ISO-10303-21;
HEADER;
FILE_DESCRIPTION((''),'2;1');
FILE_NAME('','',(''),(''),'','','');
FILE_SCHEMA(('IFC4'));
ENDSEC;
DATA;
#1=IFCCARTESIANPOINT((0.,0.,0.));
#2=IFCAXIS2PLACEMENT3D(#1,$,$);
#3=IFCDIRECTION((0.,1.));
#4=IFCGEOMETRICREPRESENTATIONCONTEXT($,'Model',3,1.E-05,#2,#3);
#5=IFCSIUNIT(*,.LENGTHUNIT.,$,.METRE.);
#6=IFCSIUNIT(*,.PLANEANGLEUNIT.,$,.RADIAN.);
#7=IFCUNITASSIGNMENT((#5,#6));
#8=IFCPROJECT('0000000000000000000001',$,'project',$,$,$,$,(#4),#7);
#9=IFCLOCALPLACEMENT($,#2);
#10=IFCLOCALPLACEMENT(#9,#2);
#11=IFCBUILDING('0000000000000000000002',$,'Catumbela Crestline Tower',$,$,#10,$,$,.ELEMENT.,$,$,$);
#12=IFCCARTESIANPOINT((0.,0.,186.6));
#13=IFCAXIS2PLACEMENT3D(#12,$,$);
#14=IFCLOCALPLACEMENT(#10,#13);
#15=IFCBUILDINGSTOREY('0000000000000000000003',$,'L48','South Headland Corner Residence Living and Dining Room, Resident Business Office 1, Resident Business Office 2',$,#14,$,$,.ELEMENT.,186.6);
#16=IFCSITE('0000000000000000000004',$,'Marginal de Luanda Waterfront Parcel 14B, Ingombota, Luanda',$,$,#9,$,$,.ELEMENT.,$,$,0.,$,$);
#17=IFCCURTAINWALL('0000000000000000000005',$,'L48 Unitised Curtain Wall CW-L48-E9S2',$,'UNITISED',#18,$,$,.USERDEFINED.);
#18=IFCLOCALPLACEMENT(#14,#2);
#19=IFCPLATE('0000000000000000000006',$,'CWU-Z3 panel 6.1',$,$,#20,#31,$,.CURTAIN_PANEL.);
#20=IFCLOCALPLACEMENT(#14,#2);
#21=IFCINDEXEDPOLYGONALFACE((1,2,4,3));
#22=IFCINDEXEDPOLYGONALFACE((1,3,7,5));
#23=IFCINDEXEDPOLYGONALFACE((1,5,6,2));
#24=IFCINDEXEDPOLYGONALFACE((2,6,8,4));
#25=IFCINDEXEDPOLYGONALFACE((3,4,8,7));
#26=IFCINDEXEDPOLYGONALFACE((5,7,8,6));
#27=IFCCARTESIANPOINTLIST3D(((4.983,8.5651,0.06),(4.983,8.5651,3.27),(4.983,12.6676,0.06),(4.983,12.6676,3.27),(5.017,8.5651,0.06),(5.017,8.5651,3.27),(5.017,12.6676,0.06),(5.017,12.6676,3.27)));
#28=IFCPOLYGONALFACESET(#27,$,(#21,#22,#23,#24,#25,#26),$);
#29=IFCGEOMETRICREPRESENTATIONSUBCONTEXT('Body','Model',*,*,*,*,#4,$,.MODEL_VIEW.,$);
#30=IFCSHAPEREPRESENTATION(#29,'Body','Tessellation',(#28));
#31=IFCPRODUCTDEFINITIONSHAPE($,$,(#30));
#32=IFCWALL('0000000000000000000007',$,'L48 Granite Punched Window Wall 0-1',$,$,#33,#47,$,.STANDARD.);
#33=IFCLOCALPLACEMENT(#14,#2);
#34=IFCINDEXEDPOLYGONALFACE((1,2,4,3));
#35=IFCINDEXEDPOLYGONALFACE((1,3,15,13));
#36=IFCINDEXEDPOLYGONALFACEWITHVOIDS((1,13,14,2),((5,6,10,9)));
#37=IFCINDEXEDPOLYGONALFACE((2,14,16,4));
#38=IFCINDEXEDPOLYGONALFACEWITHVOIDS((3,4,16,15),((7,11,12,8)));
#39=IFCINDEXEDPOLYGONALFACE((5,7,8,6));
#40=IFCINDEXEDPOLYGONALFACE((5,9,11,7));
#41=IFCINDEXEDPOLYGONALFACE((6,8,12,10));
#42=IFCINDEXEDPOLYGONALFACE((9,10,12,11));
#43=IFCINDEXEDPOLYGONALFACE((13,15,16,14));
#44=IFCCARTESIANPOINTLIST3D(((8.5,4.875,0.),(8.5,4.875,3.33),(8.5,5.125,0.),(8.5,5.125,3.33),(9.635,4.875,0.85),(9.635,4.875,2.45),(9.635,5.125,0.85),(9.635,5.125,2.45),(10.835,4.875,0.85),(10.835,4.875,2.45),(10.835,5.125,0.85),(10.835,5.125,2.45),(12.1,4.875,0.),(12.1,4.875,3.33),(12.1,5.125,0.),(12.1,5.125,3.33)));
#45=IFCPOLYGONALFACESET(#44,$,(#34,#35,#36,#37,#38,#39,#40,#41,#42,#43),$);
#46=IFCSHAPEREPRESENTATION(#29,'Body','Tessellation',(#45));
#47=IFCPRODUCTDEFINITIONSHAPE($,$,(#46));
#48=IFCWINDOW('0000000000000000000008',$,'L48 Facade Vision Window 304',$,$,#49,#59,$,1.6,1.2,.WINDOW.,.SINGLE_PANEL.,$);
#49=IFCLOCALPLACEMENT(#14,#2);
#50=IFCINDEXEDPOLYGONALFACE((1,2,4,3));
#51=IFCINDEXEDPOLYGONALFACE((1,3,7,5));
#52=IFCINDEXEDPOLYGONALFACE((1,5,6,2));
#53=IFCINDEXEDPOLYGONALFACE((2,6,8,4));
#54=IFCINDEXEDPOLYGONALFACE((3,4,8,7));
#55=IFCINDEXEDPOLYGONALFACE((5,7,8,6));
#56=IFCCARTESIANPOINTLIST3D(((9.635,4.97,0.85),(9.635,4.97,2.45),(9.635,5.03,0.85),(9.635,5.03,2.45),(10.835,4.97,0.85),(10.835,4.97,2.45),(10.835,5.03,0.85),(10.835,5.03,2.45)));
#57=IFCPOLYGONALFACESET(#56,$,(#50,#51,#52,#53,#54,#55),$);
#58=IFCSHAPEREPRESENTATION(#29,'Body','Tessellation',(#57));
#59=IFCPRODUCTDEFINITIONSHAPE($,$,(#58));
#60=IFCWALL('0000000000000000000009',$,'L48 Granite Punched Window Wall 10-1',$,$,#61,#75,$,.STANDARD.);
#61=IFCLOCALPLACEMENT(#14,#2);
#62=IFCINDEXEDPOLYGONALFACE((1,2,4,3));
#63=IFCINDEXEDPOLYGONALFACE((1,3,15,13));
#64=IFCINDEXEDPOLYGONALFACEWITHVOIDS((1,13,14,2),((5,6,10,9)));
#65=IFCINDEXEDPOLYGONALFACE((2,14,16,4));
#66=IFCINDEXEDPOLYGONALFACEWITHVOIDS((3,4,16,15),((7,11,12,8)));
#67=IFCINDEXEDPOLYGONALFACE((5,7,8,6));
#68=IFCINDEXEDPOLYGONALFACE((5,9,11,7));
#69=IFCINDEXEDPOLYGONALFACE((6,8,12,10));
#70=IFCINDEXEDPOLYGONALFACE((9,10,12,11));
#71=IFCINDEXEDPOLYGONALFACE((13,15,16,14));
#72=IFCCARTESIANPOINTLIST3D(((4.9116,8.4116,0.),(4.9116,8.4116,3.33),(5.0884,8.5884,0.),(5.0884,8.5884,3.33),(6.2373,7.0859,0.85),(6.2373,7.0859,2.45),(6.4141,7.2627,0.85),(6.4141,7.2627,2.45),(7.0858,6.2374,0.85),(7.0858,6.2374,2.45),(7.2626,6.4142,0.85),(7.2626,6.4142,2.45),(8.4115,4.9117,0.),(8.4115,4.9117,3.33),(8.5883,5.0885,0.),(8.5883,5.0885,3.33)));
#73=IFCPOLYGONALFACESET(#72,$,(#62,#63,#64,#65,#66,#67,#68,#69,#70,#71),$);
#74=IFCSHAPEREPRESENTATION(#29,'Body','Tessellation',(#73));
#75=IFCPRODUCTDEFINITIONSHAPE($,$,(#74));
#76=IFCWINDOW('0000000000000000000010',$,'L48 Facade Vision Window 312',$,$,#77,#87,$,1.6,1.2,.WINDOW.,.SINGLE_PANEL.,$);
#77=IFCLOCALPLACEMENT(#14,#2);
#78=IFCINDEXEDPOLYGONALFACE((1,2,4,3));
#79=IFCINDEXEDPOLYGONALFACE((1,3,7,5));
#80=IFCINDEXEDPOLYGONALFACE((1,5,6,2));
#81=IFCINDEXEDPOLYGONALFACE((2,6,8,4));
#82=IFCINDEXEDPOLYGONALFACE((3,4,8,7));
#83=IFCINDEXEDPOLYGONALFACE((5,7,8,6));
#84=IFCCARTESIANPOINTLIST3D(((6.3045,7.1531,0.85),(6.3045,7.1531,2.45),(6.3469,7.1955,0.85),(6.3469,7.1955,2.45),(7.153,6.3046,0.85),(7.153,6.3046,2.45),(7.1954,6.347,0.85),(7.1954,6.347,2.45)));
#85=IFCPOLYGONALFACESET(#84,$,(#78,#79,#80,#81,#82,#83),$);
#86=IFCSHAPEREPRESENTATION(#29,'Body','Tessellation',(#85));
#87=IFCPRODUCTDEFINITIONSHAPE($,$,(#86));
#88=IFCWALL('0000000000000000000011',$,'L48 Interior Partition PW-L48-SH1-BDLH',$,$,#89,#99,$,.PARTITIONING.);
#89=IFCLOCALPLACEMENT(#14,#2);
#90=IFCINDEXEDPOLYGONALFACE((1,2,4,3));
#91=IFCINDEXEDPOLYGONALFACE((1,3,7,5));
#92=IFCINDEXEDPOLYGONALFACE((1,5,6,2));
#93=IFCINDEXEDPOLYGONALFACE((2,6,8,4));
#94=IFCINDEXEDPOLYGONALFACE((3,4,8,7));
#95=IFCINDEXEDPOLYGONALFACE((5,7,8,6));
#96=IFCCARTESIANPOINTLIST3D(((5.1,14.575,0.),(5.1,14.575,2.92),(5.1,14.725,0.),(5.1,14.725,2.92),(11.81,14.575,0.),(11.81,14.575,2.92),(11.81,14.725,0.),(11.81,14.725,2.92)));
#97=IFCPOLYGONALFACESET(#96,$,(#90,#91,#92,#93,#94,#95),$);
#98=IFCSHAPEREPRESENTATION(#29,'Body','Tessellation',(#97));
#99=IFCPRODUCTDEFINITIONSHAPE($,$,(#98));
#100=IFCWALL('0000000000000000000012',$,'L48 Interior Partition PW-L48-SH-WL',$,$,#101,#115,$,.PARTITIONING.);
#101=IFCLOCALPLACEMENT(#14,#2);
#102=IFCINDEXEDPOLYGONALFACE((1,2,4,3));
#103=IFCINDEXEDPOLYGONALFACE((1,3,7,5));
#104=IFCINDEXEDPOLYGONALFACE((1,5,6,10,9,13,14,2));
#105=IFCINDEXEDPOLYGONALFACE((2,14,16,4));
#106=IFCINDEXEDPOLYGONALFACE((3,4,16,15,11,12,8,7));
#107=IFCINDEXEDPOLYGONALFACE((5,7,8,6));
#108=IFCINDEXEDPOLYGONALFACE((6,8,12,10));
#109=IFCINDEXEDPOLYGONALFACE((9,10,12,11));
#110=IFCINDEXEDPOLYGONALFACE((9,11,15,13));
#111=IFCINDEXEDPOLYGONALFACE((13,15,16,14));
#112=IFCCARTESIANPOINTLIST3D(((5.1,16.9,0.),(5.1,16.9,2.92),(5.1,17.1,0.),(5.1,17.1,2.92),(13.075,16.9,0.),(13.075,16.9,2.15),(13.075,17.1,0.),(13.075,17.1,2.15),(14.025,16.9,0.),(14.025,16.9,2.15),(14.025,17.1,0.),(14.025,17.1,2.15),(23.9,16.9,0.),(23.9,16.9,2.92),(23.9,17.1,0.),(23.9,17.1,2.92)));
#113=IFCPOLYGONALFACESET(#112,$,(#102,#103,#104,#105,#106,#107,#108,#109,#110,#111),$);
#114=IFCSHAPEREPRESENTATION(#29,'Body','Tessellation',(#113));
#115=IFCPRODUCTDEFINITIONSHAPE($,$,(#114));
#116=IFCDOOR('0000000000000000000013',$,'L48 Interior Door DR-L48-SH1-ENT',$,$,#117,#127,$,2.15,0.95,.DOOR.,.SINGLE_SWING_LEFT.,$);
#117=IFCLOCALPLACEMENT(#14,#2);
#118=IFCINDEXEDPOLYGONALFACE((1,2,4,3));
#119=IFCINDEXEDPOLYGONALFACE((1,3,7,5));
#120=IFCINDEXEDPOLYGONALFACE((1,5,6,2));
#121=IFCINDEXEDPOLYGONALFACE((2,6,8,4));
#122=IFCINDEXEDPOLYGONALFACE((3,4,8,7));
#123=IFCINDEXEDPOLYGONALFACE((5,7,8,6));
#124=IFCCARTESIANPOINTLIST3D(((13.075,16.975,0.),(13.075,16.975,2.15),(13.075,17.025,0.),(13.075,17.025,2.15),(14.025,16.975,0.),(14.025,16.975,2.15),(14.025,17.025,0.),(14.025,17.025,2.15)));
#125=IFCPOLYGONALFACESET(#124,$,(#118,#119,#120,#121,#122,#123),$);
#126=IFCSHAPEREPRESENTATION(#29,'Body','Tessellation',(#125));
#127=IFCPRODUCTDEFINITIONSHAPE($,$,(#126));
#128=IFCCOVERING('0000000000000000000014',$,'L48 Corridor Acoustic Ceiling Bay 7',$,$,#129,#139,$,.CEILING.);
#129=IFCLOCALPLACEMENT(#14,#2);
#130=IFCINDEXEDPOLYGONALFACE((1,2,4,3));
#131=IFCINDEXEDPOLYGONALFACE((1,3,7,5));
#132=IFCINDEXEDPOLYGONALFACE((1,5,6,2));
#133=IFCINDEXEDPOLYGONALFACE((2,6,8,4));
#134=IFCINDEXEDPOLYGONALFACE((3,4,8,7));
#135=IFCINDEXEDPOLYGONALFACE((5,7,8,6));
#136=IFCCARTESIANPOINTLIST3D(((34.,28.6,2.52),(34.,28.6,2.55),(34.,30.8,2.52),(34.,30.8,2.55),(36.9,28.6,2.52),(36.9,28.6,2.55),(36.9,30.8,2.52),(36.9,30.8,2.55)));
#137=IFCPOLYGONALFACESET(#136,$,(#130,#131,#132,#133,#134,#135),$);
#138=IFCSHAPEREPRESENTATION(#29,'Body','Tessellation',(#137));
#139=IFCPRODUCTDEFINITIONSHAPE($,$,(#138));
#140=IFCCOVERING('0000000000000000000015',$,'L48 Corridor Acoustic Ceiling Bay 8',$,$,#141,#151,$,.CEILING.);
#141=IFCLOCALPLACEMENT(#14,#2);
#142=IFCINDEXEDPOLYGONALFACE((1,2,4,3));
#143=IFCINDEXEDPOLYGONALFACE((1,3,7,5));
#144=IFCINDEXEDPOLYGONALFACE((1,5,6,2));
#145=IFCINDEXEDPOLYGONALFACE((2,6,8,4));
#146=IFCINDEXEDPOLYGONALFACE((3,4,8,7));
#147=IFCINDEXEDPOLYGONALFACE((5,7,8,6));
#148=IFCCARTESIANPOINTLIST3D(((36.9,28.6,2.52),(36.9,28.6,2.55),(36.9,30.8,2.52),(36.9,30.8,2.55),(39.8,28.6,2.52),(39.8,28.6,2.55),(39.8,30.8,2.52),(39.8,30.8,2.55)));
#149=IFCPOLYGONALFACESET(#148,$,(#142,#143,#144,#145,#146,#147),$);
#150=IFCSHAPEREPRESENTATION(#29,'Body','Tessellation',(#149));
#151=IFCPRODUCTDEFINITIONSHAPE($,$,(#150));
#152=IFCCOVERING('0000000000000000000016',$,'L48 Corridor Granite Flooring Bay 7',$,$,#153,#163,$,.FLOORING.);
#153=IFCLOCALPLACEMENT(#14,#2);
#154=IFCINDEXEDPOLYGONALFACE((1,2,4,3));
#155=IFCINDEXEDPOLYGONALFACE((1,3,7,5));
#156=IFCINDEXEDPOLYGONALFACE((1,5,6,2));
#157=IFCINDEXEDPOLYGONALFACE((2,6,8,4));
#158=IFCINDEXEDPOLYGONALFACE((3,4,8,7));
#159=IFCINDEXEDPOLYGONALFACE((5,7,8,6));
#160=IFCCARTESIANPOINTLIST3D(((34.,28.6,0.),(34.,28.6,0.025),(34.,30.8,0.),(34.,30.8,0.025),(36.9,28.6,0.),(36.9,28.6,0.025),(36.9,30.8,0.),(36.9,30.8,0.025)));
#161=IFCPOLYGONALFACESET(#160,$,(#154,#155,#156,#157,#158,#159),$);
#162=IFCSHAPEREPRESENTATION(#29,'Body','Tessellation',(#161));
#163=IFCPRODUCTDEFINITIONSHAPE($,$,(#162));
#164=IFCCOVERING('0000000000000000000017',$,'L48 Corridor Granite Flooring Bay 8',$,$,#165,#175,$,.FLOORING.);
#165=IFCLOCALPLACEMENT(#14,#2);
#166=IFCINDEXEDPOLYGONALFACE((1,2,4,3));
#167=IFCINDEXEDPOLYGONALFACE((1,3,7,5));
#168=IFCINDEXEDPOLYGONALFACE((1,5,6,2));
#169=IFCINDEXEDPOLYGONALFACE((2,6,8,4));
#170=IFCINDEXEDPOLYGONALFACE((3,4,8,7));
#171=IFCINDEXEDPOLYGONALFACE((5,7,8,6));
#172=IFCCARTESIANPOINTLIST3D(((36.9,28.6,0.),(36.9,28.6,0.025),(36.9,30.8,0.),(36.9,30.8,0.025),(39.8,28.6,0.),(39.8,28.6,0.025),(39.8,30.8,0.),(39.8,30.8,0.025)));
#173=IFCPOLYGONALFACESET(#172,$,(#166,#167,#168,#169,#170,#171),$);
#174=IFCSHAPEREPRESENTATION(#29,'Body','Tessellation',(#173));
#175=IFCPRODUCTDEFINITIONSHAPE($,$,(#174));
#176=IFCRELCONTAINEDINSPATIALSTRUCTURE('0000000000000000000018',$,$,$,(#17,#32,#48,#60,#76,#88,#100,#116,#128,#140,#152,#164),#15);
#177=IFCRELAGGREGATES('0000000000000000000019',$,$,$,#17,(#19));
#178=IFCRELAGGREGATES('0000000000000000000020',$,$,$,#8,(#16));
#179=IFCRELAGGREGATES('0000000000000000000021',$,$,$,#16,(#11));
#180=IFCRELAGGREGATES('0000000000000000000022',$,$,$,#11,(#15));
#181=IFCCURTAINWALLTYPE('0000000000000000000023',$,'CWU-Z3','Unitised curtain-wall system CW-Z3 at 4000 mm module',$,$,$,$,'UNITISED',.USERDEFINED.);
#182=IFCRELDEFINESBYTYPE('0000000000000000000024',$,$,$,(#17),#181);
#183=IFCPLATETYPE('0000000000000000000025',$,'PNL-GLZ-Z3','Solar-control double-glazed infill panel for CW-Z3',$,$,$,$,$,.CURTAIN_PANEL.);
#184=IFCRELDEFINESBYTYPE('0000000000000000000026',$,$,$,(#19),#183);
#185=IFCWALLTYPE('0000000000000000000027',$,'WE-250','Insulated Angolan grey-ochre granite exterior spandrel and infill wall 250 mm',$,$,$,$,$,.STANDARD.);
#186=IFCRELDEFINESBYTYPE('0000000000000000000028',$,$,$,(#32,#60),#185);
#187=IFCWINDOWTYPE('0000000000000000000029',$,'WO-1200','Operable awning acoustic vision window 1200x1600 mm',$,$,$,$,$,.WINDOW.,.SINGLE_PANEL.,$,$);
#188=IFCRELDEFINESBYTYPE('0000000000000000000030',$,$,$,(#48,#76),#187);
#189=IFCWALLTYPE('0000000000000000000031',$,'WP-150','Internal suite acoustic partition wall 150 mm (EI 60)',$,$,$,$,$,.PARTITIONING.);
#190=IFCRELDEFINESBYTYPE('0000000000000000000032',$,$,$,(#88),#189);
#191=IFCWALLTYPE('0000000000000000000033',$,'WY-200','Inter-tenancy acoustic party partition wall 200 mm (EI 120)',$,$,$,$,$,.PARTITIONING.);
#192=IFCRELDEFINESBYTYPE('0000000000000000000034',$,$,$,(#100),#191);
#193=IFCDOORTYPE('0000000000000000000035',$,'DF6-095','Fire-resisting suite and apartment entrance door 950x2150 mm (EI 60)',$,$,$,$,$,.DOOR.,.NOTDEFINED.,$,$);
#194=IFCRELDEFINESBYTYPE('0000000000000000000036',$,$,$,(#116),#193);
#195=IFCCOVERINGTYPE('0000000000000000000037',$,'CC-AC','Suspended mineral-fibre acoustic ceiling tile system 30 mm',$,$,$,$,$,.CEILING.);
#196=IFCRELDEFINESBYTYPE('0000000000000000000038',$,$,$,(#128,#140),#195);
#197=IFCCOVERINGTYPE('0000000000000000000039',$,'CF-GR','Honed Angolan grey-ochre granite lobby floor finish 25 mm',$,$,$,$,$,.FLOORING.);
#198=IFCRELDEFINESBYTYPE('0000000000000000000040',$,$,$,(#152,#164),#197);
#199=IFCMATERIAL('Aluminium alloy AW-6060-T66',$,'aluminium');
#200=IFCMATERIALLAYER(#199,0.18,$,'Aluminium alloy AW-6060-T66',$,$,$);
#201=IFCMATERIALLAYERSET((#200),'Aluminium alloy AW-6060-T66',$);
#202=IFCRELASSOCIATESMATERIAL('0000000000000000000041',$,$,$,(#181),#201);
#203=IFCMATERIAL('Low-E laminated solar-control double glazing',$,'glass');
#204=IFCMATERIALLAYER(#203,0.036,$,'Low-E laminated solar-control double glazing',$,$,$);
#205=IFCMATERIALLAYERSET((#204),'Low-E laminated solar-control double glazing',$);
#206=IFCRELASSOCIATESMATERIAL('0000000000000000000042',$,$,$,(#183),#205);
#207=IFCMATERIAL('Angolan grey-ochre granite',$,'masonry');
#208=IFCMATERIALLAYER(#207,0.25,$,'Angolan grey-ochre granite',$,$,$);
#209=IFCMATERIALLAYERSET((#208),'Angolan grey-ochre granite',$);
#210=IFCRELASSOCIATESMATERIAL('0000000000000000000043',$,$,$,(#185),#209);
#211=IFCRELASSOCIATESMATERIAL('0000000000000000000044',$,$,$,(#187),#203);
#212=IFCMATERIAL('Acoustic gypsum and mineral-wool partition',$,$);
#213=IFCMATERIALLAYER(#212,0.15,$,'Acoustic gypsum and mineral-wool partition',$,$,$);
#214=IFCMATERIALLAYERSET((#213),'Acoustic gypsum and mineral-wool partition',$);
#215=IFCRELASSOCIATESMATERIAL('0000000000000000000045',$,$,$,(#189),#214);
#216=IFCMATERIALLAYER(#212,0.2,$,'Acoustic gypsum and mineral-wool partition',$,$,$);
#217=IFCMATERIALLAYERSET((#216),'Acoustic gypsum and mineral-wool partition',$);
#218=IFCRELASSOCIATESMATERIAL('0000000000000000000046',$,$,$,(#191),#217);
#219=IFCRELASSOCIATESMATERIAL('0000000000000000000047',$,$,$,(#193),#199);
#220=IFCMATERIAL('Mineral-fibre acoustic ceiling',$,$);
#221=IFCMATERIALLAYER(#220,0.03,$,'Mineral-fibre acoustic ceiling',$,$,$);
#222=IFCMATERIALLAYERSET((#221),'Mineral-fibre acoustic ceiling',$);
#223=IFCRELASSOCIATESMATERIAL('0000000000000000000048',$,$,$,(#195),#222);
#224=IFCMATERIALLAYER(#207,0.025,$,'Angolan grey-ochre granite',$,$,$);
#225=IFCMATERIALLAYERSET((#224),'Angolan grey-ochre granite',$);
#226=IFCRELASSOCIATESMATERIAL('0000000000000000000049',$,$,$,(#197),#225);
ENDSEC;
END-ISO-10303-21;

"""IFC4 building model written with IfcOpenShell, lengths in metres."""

from ifc_helpers import new_model, si_unit, direction, frame, frame_2d, origin, origin_2d, place, context, subcontext, project, spatial, polyline, rectangle, outline, extrude, material, layer, layer_set, type_object, element, fill, aggregate, save


model = new_model("IFC4")

# Units and contexts
model_context = context("Model", 3, precision=1e-05, world=origin(), true_north=direction((0.0, 1.0)))
body_context = subcontext(model_context, "Body", "Model", "MODEL_VIEW")
ifc_project = project(units=[si_unit("LENGTHUNIT", "METRE"), si_unit("PLANEANGLEUNIT", "RADIAN")], contexts=[model_context])

# Site, building, storey
site_placement = place(None, origin())
site = spatial("IfcSite", under=ifc_project, at=site_placement, Name="Marginal de Luanda Waterfront Parcel 14B, Ingombota, Luanda", CompositionType="ELEMENT", RefElevation=0.0)
building_placement = place(site_placement, origin())
building = spatial("IfcBuilding", under=site, at=building_placement, Name="Catumbela Crestline Tower", CompositionType="ELEMENT")
storey_placement = place(building_placement, frame((0.0, 0.0, 186.6)))
storey = spatial("IfcBuildingStorey", under=building, at=storey_placement, Name="L48", Description="South Headland Corner Residence Living and Dining Room, Resident Business Office 1, Resident Business Office 2", CompositionType="ELEMENT", Elevation=186.6)

# Curtain wall, plate
ifc_material_1 = material(Name="Aluminium alloy AW-6060-T66", Category="aluminium")
ifc_layer_1 = layer(ifc_material_1, 0.18, Name="Aluminium alloy AW-6060-T66")
ifc_layer_set_1 = layer_set([ifc_layer_1], Name="Aluminium alloy AW-6060-T66")
curtain_wall_type = type_object("IfcCurtainWallType", Name="CWU-Z3", Description="Unitised curtain-wall system CW-Z3 at 4000 mm module", ElementType="UNITISED", PredefinedType="USERDEFINED", material=ifc_layer_set_1)
curtain_wall_placement = place(storey_placement, origin())
curtain_wall = element("IfcCurtainWall", 1, at=curtain_wall_placement, inside=storey, type_object=curtain_wall_type, Name="L48 Unitised Curtain Wall CW-L48-E9S2", ObjectType="UNITISED", PredefinedType="USERDEFINED")
ifc_material_2 = material(Name="Low-E laminated solar-control double glazing", Category="glass")
ifc_layer_2 = layer(ifc_material_2, 0.036, Name="Low-E laminated solar-control double glazing")
ifc_layer_set_2 = layer_set([ifc_layer_2], Name="Low-E laminated solar-control double glazing")
plate_type = type_object("IfcPlateType", Name="PNL-GLZ-Z3", Description="Solar-control double-glazed infill panel for CW-Z3", PredefinedType="CURTAIN_PANEL", material=ifc_layer_set_2)
plate_1_placement = place(storey_placement, frame((5.0, 10.6163, 0.06), z_axis=(0.0, 0.0, 1.0), x_axis=(0.0, -1.0, 0.0)))
plate_1 = element("IfcPlate", 2, at=plate_1_placement, type_object=plate_type, Name="CWU-Z3 panel 6.1", PredefinedType="CURTAIN_PANEL", context=body_context, shape_type="SweptSolid", body=[
    extrude(rectangle(XDim=4.1025, YDim=0.034, at=origin_2d()), origin(), (0.0, 0.0, 1.0), 3.21),
])
aggregate(curtain_wall, [plate_1])

# Walls, openings, windows
ifc_material_3 = material(Name="Angolan grey-ochre granite", Category="masonry")
ifc_layer_3 = layer(ifc_material_3, 0.25, Name="Angolan grey-ochre granite")
ifc_layer_set_3 = layer_set([ifc_layer_3], Name="Angolan grey-ochre granite")
wall_type_1 = type_object("IfcWallType", Name="WE-250", Description="Insulated Angolan grey-ochre granite exterior spandrel and infill wall 250 mm", PredefinedType="STANDARD", material=ifc_layer_set_3)
wall_1_placement = place(storey_placement, frame((8.5, 5.0, 0.0), z_axis=(0.0, 0.0, 1.0), x_axis=(1.0, 0.0, 0.0)))
wall_1 = element("IfcWall", 3, at=wall_1_placement, inside=storey, type_object=wall_type_1, Name="L48 Granite Punched Window Wall 0-1", PredefinedType="STANDARD", context=body_context, shape_type="SweptSolid", body=[
    extrude(rectangle(XDim=3.6, YDim=0.25, at=frame_2d((1.8, 0.0))), origin(), (0.0, 0.0, 1.0), 3.33),
])
opening_1_placement = place(wall_1_placement, frame((1.135, 0.0, 0.85)))
opening_1 = element("IfcOpeningElement", 4, at=opening_1_placement, cuts=wall_1, PredefinedType="OPENING", context=body_context, shape_type="SweptSolid", body=[
    extrude(rectangle(XDim=1.2, YDim=1.6, at=frame_2d((0.6, 0.8))), frame((0.0, 0.135, 0.0), z_axis=(0.0, -1.0, 0.0), x_axis=(1.0, 0.0, 0.0)), (0.0, 0.0, 1.0), 0.27),
])
window_type = type_object("IfcWindowType", Name="WO-1200", Description="Operable awning acoustic vision window 1200x1600 mm", PartitioningType="SINGLE_PANEL", PredefinedType="WINDOW", material=ifc_material_2)
window_1_placement = place(opening_1_placement, origin())
window_1 = element("IfcWindow", 5, at=window_1_placement, inside=storey, type_object=window_type, Name="L48 Facade Vision Window 304", OverallHeight=1.6, OverallWidth=1.2, PartitioningType="SINGLE_PANEL", PredefinedType="WINDOW", context=body_context, shape_type="SweptSolid", body=[
    extrude(rectangle(XDim=1.2, YDim=1.6, at=frame_2d((0.6, 0.8))), frame((0.0, 0.03, 0.0), z_axis=(0.0, -1.0, 0.0), x_axis=(1.0, 0.0, 0.0)), (0.0, 0.0, 1.0), 0.06),
])
fill(opening_1, window_1)
wall_2_placement = place(storey_placement, frame((5.0, 8.5, 0.0), z_axis=(0.0, 0.0, 1.0), x_axis=(0.707107, -0.707107, 0.0)))
wall_2 = element("IfcWall", 6, at=wall_2_placement, inside=storey, type_object=wall_type_1, Name="L48 Granite Punched Window Wall 10-1", PredefinedType="STANDARD", context=body_context, shape_type="SweptSolid", body=[
    extrude(rectangle(XDim=4.9497, YDim=0.25, at=frame_2d((2.4748, 0.0))), origin(), (0.0, 0.0, 1.0), 3.33),
])
opening_2_placement = place(wall_2_placement, frame((1.8748, 0.0, 0.85)))
opening_2 = element("IfcOpeningElement", 7, at=opening_2_placement, cuts=wall_2, PredefinedType="OPENING", context=body_context, shape_type="SweptSolid", body=[
    extrude(rectangle(XDim=1.2, YDim=1.6, at=frame_2d((0.6, 0.8))), frame((0.0, 0.135, 0.0), z_axis=(0.0, -1.0, 0.0), x_axis=(1.0, 0.0, 0.0)), (0.0, 0.0, 1.0), 0.27),
])
window_2_placement = place(opening_2_placement, origin())
window_2 = element("IfcWindow", 8, at=window_2_placement, inside=storey, type_object=window_type, Name="L48 Facade Vision Window 312", OverallHeight=1.6, OverallWidth=1.2, PartitioningType="SINGLE_PANEL", PredefinedType="WINDOW", context=body_context, shape_type="SweptSolid", body=[
    extrude(rectangle(XDim=1.2, YDim=1.6, at=frame_2d((0.6, 0.8))), frame((0.0, 0.03, 0.0), z_axis=(0.0, -1.0, 0.0), x_axis=(1.0, 0.0, 0.0)), (0.0, 0.0, 1.0), 0.06),
])
fill(opening_2, window_2)

# Wall
ifc_material_4 = material(Name="Acoustic gypsum and mineral-wool partition")
ifc_layer_4 = layer(ifc_material_4, 0.15, Name="Acoustic gypsum and mineral-wool partition")
ifc_layer_set_4 = layer_set([ifc_layer_4], Name="Acoustic gypsum and mineral-wool partition")
wall_type_2 = type_object("IfcWallType", Name="WP-150", Description="Internal suite acoustic partition wall 150 mm (EI 60)", PredefinedType="PARTITIONING", material=ifc_layer_set_4)
wall_3_placement = place(storey_placement, frame((5.1, 14.65, 0.0), z_axis=(0.0, 0.0, 1.0), x_axis=(1.0, 0.0, 0.0)))
element("IfcWall", 9, at=wall_3_placement, inside=storey, type_object=wall_type_2, Name="L48 Interior Partition PW-L48-SH1-BDLH", PredefinedType="PARTITIONING", context=body_context, shape_type="SweptSolid", body=[
    extrude(rectangle(XDim=6.71, YDim=0.15, at=frame_2d((3.355, 0.0))), origin(), (0.0, 0.0, 1.0), 2.92),
])

# Wall, opening, door
ifc_layer_5 = layer(ifc_material_4, 0.2, Name="Acoustic gypsum and mineral-wool partition")
ifc_layer_set_5 = layer_set([ifc_layer_5], Name="Acoustic gypsum and mineral-wool partition")
wall_type_3 = type_object("IfcWallType", Name="WY-200", Description="Inter-tenancy acoustic party partition wall 200 mm (EI 120)", PredefinedType="PARTITIONING", material=ifc_layer_set_5)
wall_4_placement = place(storey_placement, frame((5.1, 17.0, 0.0), z_axis=(0.0, 0.0, 1.0), x_axis=(1.0, 0.0, 0.0)))
wall_4 = element("IfcWall", 10, at=wall_4_placement, inside=storey, type_object=wall_type_3, Name="L48 Interior Partition PW-L48-SH-WL", PredefinedType="PARTITIONING", context=body_context, shape_type="SweptSolid", body=[
    extrude(rectangle(XDim=18.8, YDim=0.2, at=frame_2d((9.4, 0.0))), origin(), (0.0, 0.0, 1.0), 2.92),
])
opening_3_placement = place(wall_4_placement, frame((7.975, 0.0, 0.0)))
opening_3 = element("IfcOpeningElement", 11, at=opening_3_placement, cuts=wall_4, PredefinedType="OPENING", context=body_context, shape_type="SweptSolid", body=[
    extrude(rectangle(XDim=0.95, YDim=2.15, at=frame_2d((0.475, 1.075))), frame((0.0, 0.11, 0.0), z_axis=(0.0, -1.0, 0.0), x_axis=(1.0, 0.0, 0.0)), (0.0, 0.0, 1.0), 0.22),
])
door_type = type_object("IfcDoorType", Name="DF6-095", Description="Fire-resisting suite and apartment entrance door 950x2150 mm (EI 60)", OperationType="NOTDEFINED", PredefinedType="DOOR", material=ifc_material_1)
door_placement = place(opening_3_placement, origin())
door = element("IfcDoor", 12, at=door_placement, inside=storey, type_object=door_type, Name="L48 Interior Door DR-L48-SH1-ENT", OperationType="SINGLE_SWING_LEFT", OverallHeight=2.15, OverallWidth=0.95, PredefinedType="DOOR", context=body_context, shape_type="SweptSolid", body=[
    extrude(rectangle(XDim=0.95, YDim=2.15, at=frame_2d((0.475, 1.075))), frame((0.0, 0.025, 0.0), z_axis=(0.0, -1.0, 0.0), x_axis=(1.0, 0.0, 0.0)), (0.0, 0.0, 1.0), 0.05),
])
fill(opening_3, door)

# Coverings
ifc_material_5 = material(Name="Mineral-fibre acoustic ceiling")
ifc_layer_6 = layer(ifc_material_5, 0.03, Name="Mineral-fibre acoustic ceiling")
ifc_layer_set_6 = layer_set([ifc_layer_6], Name="Mineral-fibre acoustic ceiling")
covering_type_1 = type_object("IfcCoveringType", Name="CC-AC", Description="Suspended mineral-fibre acoustic ceiling tile system 30 mm", PredefinedType="CEILING", material=ifc_layer_set_6)
covering_1_placement = place(storey_placement, frame((0.0, 0.0, 2.52)))
element("IfcCovering", 13, at=covering_1_placement, inside=storey, type_object=covering_type_1, Name="L48 Corridor Acoustic Ceiling Bay 7", PredefinedType="CEILING", context=body_context, shape_type="SweptSolid", body=[
    extrude(outline(polyline([(34.0, 28.6), (36.9, 28.6), (36.9, 30.8), (34.0, 30.8), (34.0, 28.6)])), origin(), (0.0, 0.0, 1.0), 0.03),
])
covering_2_placement = place(storey_placement, frame((0.0, 0.0, 2.52)))
element("IfcCovering", 14, at=covering_2_placement, inside=storey, type_object=covering_type_1, Name="L48 Corridor Acoustic Ceiling Bay 8", PredefinedType="CEILING", context=body_context, shape_type="SweptSolid", body=[
    extrude(outline(polyline([(36.9, 28.6), (39.8, 28.6), (39.8, 30.8), (36.9, 30.8), (36.9, 28.6)])), origin(), (0.0, 0.0, 1.0), 0.03),
])
ifc_layer_7 = layer(ifc_material_3, 0.025, Name="Angolan grey-ochre granite")
ifc_layer_set_7 = layer_set([ifc_layer_7], Name="Angolan grey-ochre granite")
covering_type_2 = type_object("IfcCoveringType", Name="CF-GR", Description="Honed Angolan grey-ochre granite lobby floor finish 25 mm", PredefinedType="FLOORING", material=ifc_layer_set_7)
covering_3_placement = place(storey_placement, origin())
element("IfcCovering", 15, at=covering_3_placement, inside=storey, type_object=covering_type_2, Name="L48 Corridor Granite Flooring Bay 7", PredefinedType="FLOORING", context=body_context, shape_type="SweptSolid", body=[
    extrude(outline(polyline([(34.0, 28.6), (36.9, 28.6), (36.9, 30.8), (34.0, 30.8), (34.0, 28.6)])), origin(), (0.0, 0.0, 1.0), 0.025),
])
covering_4_placement = place(storey_placement, origin())
element("IfcCovering", 16, at=covering_4_placement, inside=storey, type_object=covering_type_2, Name="L48 Corridor Granite Flooring Bay 8", PredefinedType="FLOORING", context=body_context, shape_type="SweptSolid", body=[
    extrude(outline(polyline([(36.9, 28.6), (39.8, 28.6), (39.8, 30.8), (36.9, 30.8), (36.9, 28.6)])), origin(), (0.0, 0.0, 1.0), 0.025),
])

save(model, "model.ifc")
